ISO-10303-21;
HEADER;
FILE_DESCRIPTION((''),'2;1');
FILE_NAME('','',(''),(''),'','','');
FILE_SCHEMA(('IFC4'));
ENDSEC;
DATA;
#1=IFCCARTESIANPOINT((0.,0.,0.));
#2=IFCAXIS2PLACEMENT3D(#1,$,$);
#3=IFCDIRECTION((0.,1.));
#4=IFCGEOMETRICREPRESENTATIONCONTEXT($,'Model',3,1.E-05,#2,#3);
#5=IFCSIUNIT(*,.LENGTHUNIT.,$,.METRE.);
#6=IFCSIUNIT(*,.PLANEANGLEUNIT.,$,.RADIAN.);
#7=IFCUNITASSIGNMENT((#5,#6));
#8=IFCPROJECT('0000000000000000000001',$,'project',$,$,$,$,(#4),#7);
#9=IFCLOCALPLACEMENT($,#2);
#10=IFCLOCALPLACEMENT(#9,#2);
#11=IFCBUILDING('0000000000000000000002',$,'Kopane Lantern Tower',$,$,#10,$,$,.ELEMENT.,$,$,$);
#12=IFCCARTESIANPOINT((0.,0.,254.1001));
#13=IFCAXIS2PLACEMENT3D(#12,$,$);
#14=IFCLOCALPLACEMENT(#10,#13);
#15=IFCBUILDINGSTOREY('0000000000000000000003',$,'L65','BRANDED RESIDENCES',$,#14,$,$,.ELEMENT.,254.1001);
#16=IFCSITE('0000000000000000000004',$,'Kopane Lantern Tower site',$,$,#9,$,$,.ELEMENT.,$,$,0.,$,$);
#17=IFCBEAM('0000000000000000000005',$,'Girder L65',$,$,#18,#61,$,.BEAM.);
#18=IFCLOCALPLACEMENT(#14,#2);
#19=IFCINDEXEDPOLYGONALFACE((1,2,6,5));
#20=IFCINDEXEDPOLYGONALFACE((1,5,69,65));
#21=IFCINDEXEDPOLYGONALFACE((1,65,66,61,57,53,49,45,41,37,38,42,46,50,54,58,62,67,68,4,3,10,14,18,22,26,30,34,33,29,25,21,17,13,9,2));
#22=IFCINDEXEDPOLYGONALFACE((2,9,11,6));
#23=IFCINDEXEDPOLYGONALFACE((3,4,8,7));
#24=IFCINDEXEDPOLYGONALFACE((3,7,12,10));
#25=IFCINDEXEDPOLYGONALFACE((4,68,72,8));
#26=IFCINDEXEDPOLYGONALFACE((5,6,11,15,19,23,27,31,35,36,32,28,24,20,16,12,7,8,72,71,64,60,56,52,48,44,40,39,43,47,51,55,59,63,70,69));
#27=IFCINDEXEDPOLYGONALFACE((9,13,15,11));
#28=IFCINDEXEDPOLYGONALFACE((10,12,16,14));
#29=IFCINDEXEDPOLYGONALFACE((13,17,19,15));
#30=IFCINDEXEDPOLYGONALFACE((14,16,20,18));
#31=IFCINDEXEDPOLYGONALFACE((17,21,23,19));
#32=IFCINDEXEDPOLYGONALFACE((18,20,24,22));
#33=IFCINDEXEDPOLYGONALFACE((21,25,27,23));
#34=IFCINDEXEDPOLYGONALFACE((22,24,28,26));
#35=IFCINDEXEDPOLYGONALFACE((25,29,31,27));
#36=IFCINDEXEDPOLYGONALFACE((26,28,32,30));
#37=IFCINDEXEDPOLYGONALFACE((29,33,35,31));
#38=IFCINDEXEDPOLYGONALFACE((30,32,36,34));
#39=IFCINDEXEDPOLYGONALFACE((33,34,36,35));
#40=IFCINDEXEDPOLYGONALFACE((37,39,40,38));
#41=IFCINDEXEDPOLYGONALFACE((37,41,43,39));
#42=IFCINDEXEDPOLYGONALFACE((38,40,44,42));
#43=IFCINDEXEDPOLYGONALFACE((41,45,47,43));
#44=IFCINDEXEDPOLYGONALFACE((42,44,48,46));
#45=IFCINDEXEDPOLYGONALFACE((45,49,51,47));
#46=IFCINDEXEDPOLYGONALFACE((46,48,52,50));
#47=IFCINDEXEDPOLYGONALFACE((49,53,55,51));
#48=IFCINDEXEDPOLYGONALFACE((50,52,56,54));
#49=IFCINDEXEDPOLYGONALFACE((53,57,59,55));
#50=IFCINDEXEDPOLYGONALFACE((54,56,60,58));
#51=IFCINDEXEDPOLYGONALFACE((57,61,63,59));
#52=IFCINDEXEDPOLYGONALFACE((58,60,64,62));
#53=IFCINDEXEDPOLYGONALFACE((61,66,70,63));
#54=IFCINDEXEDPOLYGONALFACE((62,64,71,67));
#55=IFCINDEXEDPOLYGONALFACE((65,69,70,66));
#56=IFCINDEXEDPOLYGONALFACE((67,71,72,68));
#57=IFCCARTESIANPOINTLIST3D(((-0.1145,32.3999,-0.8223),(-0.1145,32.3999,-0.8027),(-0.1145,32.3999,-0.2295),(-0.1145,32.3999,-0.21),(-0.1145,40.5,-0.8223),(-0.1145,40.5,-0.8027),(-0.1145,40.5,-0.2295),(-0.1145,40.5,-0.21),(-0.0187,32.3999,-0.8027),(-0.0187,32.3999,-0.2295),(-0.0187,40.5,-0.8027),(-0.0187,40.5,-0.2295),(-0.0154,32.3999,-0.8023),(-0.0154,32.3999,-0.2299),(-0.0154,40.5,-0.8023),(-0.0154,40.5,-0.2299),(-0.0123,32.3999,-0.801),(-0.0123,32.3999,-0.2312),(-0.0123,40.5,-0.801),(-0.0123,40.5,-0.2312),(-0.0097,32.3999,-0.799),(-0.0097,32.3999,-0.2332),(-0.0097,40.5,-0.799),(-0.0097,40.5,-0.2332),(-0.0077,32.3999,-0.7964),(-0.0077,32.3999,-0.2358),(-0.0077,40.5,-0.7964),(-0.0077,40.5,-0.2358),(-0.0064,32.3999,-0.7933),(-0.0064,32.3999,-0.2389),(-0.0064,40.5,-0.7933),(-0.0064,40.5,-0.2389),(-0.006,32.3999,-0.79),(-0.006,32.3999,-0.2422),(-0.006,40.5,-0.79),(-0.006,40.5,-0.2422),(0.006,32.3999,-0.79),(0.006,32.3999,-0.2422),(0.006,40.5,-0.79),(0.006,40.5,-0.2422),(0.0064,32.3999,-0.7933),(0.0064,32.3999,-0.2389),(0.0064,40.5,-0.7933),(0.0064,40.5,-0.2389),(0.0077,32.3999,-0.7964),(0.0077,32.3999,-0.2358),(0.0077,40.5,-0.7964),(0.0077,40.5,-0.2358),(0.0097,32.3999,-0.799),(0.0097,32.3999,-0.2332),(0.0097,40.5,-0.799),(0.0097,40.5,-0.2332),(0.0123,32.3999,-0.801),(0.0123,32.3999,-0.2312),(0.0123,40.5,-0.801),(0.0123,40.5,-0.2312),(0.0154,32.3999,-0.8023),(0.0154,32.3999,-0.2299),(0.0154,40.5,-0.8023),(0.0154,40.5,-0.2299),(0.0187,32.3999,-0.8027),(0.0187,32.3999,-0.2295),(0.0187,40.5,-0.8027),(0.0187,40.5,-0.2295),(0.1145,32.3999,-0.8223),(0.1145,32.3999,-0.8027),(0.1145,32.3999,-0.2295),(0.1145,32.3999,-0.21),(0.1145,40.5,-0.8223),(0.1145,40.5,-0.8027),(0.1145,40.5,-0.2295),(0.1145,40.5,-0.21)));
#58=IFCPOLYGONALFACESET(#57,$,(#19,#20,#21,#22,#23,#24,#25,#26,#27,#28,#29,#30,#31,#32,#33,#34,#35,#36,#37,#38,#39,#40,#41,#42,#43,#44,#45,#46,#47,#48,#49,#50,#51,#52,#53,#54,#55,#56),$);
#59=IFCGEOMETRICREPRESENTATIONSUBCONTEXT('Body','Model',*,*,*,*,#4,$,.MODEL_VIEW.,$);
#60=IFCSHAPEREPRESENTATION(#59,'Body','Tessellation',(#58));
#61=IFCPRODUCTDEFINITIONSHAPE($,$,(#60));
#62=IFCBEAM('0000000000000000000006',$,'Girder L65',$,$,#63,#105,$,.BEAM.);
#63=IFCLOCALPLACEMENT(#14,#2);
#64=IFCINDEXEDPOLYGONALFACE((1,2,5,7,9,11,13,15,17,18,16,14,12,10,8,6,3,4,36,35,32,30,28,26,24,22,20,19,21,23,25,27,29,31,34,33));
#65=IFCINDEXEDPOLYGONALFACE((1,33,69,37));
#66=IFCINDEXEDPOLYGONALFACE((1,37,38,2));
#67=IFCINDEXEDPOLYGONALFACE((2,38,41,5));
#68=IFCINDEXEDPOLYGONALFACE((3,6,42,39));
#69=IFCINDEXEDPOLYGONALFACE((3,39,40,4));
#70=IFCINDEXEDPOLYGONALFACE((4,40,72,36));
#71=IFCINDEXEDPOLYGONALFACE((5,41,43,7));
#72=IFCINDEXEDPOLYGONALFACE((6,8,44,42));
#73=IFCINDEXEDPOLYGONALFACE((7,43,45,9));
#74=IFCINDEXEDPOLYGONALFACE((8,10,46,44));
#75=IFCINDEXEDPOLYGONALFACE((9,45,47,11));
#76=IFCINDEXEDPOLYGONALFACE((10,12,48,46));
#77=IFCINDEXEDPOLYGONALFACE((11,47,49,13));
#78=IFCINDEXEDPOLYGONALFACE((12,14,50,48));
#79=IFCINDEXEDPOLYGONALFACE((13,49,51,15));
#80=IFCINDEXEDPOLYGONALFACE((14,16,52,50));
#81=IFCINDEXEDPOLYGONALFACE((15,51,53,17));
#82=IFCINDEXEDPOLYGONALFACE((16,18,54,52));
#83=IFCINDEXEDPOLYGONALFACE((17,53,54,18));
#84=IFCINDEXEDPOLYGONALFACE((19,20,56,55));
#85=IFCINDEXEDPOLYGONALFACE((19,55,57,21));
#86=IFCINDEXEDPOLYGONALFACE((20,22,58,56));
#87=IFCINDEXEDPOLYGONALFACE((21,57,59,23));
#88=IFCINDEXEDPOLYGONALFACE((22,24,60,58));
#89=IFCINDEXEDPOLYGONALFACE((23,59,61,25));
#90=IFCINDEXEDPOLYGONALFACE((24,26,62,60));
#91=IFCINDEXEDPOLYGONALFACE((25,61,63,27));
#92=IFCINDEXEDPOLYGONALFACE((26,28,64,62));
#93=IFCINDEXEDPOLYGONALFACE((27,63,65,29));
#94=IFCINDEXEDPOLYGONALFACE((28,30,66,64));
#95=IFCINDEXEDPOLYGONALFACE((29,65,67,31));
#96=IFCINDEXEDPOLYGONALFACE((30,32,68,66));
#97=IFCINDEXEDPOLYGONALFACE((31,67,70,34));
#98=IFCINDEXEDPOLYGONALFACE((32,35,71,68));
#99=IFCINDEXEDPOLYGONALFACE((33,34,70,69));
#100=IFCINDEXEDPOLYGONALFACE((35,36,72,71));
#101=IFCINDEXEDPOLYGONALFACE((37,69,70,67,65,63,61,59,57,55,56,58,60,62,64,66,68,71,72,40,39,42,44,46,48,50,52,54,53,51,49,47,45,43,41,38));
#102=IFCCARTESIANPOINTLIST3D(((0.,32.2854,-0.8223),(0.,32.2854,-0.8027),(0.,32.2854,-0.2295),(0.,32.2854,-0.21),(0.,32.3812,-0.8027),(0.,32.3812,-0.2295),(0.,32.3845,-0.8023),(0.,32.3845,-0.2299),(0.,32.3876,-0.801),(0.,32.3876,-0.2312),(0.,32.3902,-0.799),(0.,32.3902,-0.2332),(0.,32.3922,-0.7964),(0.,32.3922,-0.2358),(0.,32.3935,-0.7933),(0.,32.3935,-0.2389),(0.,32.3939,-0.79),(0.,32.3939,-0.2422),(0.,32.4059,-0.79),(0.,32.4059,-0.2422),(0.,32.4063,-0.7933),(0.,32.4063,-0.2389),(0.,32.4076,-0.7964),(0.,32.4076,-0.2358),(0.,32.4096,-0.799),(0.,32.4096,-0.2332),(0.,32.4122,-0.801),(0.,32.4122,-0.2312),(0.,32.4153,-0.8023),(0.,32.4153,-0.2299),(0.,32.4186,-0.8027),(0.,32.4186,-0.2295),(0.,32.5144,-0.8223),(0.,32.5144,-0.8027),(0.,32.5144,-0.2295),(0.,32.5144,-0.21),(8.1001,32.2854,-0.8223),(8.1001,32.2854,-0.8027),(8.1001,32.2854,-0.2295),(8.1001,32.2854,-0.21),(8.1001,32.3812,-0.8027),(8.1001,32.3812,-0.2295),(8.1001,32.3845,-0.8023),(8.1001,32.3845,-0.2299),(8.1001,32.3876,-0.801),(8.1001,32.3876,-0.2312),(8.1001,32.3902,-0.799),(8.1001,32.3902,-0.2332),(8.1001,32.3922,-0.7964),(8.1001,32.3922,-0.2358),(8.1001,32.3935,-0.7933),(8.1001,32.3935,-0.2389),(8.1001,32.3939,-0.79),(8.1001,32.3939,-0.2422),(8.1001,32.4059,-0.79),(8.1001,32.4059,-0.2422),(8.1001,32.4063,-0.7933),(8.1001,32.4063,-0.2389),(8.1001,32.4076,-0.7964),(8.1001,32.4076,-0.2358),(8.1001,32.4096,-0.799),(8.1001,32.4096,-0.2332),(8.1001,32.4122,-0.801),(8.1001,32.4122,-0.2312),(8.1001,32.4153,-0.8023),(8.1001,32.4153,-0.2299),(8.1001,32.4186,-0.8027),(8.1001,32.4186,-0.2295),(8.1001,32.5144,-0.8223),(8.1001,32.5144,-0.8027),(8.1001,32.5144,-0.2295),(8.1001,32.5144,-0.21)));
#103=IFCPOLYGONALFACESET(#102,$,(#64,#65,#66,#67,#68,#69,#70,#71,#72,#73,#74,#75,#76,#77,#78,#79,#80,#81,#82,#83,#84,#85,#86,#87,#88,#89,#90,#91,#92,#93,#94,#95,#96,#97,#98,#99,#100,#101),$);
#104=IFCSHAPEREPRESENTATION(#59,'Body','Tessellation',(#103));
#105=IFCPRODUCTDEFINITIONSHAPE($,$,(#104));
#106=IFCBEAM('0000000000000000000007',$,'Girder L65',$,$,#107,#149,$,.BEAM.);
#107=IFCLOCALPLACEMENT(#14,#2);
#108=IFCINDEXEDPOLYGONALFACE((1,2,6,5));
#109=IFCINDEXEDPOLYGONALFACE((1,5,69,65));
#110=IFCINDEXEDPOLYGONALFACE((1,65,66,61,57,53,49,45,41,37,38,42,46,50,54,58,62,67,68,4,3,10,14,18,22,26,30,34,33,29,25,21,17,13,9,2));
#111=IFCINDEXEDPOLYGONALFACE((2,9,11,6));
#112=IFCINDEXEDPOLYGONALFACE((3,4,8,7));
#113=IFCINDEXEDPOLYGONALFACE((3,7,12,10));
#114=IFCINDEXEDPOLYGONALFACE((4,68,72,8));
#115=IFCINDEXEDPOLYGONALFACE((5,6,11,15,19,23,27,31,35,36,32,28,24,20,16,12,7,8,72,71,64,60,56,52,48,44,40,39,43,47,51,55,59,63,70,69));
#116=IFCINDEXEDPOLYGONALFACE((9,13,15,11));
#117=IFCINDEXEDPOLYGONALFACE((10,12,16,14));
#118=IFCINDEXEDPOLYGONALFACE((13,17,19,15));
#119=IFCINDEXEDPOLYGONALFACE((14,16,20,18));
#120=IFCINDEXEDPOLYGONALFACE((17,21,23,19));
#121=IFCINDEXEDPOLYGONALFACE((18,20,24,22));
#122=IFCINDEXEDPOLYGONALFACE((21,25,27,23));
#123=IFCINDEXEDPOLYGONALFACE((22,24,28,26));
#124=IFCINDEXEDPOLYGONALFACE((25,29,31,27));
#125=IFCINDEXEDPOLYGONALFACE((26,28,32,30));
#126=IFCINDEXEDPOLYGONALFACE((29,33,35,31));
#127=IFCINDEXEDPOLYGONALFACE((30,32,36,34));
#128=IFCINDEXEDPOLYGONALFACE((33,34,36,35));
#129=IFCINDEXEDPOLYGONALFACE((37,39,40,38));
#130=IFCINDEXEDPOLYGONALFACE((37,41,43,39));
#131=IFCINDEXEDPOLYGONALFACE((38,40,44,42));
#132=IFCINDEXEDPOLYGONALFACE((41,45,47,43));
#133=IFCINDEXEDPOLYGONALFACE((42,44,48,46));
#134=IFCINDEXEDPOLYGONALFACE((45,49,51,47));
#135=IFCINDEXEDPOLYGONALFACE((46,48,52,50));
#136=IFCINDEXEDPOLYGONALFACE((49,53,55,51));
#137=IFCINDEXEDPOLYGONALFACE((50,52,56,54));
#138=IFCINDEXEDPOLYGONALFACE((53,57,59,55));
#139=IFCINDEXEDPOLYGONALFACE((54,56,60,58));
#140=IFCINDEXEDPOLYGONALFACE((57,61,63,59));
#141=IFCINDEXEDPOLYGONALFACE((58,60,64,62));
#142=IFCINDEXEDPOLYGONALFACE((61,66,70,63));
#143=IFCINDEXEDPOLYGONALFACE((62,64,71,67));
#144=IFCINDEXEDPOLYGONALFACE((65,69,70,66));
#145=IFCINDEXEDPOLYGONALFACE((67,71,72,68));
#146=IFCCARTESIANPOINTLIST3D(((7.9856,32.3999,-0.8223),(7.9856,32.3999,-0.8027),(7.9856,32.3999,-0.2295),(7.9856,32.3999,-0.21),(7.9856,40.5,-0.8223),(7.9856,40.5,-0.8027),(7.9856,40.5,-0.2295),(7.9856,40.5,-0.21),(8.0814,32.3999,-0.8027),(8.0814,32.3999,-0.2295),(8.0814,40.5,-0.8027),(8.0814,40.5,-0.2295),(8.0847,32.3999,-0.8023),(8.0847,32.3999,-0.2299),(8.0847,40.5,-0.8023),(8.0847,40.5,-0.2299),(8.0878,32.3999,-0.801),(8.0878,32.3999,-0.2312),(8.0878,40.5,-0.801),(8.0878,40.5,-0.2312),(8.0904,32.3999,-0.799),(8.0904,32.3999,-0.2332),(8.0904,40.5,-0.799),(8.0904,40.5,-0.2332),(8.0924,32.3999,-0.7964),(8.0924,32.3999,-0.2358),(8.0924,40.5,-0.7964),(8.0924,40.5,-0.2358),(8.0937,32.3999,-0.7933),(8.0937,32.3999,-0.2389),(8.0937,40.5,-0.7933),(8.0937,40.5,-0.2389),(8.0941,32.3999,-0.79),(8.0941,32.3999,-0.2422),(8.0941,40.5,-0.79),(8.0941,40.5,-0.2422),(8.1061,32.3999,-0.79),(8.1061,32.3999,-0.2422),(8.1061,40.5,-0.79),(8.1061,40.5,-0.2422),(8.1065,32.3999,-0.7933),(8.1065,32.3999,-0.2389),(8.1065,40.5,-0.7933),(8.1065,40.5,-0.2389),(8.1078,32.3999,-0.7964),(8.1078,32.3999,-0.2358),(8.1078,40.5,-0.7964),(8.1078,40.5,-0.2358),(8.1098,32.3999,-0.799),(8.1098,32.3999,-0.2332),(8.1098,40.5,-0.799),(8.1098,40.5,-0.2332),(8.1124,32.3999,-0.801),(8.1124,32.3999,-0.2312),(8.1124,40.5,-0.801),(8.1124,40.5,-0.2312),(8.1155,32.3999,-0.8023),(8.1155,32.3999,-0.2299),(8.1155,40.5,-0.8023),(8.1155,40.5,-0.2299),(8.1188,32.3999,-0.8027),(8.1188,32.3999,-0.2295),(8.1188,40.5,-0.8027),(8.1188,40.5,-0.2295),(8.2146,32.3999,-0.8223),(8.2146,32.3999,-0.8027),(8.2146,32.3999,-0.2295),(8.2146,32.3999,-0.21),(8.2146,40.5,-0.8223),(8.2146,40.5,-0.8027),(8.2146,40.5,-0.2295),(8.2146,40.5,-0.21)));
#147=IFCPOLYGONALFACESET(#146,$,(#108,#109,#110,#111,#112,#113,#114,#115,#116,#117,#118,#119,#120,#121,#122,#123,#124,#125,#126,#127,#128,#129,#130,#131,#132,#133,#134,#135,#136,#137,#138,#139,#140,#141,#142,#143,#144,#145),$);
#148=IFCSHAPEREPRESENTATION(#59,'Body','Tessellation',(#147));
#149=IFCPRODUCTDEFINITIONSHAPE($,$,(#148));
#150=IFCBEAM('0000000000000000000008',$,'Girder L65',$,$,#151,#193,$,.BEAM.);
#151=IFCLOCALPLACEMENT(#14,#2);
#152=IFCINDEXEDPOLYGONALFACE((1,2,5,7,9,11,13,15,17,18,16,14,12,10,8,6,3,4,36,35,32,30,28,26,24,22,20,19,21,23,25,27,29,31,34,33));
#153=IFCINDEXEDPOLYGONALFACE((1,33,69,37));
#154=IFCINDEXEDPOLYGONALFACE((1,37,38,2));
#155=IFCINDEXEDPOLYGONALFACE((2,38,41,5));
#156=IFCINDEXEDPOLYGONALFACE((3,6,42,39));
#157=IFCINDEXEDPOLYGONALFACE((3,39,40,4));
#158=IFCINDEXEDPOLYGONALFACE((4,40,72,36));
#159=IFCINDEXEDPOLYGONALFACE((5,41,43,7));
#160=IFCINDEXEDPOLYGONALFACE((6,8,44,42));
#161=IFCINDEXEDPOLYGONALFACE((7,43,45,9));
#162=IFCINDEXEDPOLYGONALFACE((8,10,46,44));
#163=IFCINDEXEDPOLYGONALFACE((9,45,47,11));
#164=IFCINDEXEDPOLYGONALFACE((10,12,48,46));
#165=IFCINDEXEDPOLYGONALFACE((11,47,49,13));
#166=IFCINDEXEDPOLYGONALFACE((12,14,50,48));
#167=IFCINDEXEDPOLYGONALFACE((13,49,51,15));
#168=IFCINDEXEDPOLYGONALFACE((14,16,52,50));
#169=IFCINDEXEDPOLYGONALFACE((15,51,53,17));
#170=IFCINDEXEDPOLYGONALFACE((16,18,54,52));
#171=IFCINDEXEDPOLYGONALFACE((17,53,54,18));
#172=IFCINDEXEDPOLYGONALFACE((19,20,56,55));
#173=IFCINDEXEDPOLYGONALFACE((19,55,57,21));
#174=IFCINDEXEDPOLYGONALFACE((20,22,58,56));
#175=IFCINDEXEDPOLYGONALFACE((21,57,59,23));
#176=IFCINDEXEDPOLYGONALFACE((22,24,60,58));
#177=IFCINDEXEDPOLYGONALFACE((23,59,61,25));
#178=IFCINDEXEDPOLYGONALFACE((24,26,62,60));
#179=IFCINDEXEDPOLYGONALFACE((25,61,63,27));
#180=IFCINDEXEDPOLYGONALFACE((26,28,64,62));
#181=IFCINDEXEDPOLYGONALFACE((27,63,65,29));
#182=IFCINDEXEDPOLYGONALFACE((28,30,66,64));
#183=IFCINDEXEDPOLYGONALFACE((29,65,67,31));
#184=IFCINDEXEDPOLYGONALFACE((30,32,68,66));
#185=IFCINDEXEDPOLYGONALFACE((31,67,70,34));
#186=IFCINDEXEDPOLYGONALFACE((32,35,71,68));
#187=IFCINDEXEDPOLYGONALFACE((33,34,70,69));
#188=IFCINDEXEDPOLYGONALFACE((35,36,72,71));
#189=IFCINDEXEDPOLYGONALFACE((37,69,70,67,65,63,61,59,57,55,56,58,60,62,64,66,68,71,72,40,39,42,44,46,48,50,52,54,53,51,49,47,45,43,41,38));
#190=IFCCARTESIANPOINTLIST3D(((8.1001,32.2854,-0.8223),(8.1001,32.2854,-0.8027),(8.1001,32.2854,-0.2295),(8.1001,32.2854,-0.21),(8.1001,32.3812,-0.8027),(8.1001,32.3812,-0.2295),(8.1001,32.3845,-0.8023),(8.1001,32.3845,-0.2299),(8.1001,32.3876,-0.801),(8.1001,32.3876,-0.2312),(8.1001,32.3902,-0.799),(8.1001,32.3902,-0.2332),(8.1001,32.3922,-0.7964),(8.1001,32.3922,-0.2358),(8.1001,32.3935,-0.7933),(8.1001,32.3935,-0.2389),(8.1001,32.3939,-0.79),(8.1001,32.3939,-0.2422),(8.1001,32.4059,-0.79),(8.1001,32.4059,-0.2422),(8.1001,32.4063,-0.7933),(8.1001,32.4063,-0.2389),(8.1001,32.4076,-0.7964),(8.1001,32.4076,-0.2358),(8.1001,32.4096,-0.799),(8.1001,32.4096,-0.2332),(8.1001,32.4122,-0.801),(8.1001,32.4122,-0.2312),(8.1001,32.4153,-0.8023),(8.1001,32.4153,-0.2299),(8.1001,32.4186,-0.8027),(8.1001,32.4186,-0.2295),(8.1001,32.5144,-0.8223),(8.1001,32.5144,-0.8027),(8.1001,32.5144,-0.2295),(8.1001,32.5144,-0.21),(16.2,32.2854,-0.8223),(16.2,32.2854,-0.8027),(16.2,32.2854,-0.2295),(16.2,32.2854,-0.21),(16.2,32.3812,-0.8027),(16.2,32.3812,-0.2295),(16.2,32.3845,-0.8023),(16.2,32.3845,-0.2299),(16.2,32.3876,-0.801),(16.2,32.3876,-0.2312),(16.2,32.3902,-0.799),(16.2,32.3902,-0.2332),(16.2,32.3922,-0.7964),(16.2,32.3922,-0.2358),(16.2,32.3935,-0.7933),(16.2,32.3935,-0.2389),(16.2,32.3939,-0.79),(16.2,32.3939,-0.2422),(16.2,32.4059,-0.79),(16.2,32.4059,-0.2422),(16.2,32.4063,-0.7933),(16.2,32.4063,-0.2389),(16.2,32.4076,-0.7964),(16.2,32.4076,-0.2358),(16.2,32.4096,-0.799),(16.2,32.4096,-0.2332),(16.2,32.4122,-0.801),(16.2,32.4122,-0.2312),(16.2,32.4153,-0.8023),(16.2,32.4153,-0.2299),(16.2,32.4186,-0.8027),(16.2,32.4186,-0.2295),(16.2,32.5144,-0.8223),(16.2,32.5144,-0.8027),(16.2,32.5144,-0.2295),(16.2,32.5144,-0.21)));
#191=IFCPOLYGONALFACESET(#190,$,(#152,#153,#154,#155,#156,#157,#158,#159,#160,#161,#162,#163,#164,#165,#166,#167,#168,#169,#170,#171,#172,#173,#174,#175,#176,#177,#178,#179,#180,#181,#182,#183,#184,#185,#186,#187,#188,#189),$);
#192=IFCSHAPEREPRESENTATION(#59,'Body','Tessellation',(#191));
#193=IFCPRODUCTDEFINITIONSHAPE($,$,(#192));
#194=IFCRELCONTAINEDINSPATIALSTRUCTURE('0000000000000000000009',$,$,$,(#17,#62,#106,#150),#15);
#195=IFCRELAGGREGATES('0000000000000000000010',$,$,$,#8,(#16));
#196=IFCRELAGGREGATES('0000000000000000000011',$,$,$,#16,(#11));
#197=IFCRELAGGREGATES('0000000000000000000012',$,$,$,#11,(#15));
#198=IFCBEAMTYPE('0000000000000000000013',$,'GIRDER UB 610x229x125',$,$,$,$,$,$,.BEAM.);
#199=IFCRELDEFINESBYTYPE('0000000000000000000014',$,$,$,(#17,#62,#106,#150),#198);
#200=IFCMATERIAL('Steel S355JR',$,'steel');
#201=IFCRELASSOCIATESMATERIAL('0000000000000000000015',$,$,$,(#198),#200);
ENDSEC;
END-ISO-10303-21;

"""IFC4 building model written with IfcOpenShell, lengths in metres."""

from ifc_helpers import new_model, si_unit, direction, frame, origin, origin_2d, place, context, subcontext, project, spatial, i_section, extrude, material, material_profile, profile_set, type_object, element, save


model = new_model("IFC4")

# Units and contexts
model_context = context("Model", 3, precision=1e-05, world=origin(), true_north=direction((0.0, 1.0)))
body_context = subcontext(model_context, "Body", "Model", "MODEL_VIEW")
ifc_project = project(units=[si_unit("LENGTHUNIT", "METRE"), si_unit("PLANEANGLEUNIT", "RADIAN")], contexts=[model_context])

# Site, building, storey
site_placement = place(None, origin())
site = spatial("IfcSite", under=ifc_project, at=site_placement, Name="Kopane Lantern Tower site", CompositionType="ELEMENT", RefElevation=0.0)
building_placement = place(site_placement, origin())
building = spatial("IfcBuilding", under=site, at=building_placement, Name="Kopane Lantern Tower", CompositionType="ELEMENT")
storey_placement = place(building_placement, frame((0.0, 0.0, 254.1001)))
storey = spatial("IfcBuildingStorey", under=building, at=storey_placement, Name="L65", Description="BRANDED RESIDENCES", CompositionType="ELEMENT", Elevation=254.1001)

# Beams
ifc_material_1 = material(Name="Steel S355JR", Category="steel")
ifc_material_profile_1 = material_profile(ifc_material_1, i_section(OverallWidth=0.229, OverallDepth=0.6123, WebThickness=0.012, FlangeThickness=0.0195, FilletRadius=0.0127, at=origin_2d()), Name="UB 610x229x125")
ifc_profile_set_1 = profile_set([ifc_material_profile_1], Name="Steel S355JR")
beam_type = type_object("IfcBeamType", Name="GIRDER UB 610x229x125", PredefinedType="BEAM", material=ifc_profile_set_1)
for number, where, z_axis, x_axis, name in (
    (1, (0.0, 32.3999, -0.5161), (0.0, 1.0, 0.0), (-1.0, 0.0, 0.0), "Girder L65"),
    (2, (0.0, 32.3999, -0.5161), (1.0, 0.0, 0.0), (0.0, 1.0, 0.0), "Girder L65"),
    (3, (8.1001, 32.3999, -0.5161), (0.0, 1.0, 0.0), (-1.0, 0.0, 0.0), "Girder L65"),
):
    element("IfcBeam", number, at=place(storey_placement, frame(where, z_axis=z_axis, x_axis=x_axis)), inside=storey, type_object=beam_type, Name=name, PredefinedType="BEAM", context=body_context, shape_type="SweptSolid", body=[
        extrude(i_section(OverallWidth=0.229, OverallDepth=0.6123, WebThickness=0.012, FlangeThickness=0.0195, FilletRadius=0.0127, at=origin_2d()), origin(), (0.0, 0.0, 1.0), 8.1001),
    ])
for number, where, z_axis, x_axis, name in (
    (4, (8.1001, 32.3999, -0.5161), (1.0, 0.0, 0.0), (0.0, 1.0, 0.0), "Girder L65"),
):
    element("IfcBeam", number, at=place(storey_placement, frame(where, z_axis=z_axis, x_axis=x_axis)), inside=storey, type_object=beam_type, Name=name, PredefinedType="BEAM", context=body_context, shape_type="SweptSolid", body=[
        extrude(i_section(OverallWidth=0.229, OverallDepth=0.6123, WebThickness=0.012, FlangeThickness=0.0195, FilletRadius=0.0127, at=origin_2d()), origin(), (0.0, 0.0, 1.0), 8.0999),
    ])

save(model, "model.ifc")
